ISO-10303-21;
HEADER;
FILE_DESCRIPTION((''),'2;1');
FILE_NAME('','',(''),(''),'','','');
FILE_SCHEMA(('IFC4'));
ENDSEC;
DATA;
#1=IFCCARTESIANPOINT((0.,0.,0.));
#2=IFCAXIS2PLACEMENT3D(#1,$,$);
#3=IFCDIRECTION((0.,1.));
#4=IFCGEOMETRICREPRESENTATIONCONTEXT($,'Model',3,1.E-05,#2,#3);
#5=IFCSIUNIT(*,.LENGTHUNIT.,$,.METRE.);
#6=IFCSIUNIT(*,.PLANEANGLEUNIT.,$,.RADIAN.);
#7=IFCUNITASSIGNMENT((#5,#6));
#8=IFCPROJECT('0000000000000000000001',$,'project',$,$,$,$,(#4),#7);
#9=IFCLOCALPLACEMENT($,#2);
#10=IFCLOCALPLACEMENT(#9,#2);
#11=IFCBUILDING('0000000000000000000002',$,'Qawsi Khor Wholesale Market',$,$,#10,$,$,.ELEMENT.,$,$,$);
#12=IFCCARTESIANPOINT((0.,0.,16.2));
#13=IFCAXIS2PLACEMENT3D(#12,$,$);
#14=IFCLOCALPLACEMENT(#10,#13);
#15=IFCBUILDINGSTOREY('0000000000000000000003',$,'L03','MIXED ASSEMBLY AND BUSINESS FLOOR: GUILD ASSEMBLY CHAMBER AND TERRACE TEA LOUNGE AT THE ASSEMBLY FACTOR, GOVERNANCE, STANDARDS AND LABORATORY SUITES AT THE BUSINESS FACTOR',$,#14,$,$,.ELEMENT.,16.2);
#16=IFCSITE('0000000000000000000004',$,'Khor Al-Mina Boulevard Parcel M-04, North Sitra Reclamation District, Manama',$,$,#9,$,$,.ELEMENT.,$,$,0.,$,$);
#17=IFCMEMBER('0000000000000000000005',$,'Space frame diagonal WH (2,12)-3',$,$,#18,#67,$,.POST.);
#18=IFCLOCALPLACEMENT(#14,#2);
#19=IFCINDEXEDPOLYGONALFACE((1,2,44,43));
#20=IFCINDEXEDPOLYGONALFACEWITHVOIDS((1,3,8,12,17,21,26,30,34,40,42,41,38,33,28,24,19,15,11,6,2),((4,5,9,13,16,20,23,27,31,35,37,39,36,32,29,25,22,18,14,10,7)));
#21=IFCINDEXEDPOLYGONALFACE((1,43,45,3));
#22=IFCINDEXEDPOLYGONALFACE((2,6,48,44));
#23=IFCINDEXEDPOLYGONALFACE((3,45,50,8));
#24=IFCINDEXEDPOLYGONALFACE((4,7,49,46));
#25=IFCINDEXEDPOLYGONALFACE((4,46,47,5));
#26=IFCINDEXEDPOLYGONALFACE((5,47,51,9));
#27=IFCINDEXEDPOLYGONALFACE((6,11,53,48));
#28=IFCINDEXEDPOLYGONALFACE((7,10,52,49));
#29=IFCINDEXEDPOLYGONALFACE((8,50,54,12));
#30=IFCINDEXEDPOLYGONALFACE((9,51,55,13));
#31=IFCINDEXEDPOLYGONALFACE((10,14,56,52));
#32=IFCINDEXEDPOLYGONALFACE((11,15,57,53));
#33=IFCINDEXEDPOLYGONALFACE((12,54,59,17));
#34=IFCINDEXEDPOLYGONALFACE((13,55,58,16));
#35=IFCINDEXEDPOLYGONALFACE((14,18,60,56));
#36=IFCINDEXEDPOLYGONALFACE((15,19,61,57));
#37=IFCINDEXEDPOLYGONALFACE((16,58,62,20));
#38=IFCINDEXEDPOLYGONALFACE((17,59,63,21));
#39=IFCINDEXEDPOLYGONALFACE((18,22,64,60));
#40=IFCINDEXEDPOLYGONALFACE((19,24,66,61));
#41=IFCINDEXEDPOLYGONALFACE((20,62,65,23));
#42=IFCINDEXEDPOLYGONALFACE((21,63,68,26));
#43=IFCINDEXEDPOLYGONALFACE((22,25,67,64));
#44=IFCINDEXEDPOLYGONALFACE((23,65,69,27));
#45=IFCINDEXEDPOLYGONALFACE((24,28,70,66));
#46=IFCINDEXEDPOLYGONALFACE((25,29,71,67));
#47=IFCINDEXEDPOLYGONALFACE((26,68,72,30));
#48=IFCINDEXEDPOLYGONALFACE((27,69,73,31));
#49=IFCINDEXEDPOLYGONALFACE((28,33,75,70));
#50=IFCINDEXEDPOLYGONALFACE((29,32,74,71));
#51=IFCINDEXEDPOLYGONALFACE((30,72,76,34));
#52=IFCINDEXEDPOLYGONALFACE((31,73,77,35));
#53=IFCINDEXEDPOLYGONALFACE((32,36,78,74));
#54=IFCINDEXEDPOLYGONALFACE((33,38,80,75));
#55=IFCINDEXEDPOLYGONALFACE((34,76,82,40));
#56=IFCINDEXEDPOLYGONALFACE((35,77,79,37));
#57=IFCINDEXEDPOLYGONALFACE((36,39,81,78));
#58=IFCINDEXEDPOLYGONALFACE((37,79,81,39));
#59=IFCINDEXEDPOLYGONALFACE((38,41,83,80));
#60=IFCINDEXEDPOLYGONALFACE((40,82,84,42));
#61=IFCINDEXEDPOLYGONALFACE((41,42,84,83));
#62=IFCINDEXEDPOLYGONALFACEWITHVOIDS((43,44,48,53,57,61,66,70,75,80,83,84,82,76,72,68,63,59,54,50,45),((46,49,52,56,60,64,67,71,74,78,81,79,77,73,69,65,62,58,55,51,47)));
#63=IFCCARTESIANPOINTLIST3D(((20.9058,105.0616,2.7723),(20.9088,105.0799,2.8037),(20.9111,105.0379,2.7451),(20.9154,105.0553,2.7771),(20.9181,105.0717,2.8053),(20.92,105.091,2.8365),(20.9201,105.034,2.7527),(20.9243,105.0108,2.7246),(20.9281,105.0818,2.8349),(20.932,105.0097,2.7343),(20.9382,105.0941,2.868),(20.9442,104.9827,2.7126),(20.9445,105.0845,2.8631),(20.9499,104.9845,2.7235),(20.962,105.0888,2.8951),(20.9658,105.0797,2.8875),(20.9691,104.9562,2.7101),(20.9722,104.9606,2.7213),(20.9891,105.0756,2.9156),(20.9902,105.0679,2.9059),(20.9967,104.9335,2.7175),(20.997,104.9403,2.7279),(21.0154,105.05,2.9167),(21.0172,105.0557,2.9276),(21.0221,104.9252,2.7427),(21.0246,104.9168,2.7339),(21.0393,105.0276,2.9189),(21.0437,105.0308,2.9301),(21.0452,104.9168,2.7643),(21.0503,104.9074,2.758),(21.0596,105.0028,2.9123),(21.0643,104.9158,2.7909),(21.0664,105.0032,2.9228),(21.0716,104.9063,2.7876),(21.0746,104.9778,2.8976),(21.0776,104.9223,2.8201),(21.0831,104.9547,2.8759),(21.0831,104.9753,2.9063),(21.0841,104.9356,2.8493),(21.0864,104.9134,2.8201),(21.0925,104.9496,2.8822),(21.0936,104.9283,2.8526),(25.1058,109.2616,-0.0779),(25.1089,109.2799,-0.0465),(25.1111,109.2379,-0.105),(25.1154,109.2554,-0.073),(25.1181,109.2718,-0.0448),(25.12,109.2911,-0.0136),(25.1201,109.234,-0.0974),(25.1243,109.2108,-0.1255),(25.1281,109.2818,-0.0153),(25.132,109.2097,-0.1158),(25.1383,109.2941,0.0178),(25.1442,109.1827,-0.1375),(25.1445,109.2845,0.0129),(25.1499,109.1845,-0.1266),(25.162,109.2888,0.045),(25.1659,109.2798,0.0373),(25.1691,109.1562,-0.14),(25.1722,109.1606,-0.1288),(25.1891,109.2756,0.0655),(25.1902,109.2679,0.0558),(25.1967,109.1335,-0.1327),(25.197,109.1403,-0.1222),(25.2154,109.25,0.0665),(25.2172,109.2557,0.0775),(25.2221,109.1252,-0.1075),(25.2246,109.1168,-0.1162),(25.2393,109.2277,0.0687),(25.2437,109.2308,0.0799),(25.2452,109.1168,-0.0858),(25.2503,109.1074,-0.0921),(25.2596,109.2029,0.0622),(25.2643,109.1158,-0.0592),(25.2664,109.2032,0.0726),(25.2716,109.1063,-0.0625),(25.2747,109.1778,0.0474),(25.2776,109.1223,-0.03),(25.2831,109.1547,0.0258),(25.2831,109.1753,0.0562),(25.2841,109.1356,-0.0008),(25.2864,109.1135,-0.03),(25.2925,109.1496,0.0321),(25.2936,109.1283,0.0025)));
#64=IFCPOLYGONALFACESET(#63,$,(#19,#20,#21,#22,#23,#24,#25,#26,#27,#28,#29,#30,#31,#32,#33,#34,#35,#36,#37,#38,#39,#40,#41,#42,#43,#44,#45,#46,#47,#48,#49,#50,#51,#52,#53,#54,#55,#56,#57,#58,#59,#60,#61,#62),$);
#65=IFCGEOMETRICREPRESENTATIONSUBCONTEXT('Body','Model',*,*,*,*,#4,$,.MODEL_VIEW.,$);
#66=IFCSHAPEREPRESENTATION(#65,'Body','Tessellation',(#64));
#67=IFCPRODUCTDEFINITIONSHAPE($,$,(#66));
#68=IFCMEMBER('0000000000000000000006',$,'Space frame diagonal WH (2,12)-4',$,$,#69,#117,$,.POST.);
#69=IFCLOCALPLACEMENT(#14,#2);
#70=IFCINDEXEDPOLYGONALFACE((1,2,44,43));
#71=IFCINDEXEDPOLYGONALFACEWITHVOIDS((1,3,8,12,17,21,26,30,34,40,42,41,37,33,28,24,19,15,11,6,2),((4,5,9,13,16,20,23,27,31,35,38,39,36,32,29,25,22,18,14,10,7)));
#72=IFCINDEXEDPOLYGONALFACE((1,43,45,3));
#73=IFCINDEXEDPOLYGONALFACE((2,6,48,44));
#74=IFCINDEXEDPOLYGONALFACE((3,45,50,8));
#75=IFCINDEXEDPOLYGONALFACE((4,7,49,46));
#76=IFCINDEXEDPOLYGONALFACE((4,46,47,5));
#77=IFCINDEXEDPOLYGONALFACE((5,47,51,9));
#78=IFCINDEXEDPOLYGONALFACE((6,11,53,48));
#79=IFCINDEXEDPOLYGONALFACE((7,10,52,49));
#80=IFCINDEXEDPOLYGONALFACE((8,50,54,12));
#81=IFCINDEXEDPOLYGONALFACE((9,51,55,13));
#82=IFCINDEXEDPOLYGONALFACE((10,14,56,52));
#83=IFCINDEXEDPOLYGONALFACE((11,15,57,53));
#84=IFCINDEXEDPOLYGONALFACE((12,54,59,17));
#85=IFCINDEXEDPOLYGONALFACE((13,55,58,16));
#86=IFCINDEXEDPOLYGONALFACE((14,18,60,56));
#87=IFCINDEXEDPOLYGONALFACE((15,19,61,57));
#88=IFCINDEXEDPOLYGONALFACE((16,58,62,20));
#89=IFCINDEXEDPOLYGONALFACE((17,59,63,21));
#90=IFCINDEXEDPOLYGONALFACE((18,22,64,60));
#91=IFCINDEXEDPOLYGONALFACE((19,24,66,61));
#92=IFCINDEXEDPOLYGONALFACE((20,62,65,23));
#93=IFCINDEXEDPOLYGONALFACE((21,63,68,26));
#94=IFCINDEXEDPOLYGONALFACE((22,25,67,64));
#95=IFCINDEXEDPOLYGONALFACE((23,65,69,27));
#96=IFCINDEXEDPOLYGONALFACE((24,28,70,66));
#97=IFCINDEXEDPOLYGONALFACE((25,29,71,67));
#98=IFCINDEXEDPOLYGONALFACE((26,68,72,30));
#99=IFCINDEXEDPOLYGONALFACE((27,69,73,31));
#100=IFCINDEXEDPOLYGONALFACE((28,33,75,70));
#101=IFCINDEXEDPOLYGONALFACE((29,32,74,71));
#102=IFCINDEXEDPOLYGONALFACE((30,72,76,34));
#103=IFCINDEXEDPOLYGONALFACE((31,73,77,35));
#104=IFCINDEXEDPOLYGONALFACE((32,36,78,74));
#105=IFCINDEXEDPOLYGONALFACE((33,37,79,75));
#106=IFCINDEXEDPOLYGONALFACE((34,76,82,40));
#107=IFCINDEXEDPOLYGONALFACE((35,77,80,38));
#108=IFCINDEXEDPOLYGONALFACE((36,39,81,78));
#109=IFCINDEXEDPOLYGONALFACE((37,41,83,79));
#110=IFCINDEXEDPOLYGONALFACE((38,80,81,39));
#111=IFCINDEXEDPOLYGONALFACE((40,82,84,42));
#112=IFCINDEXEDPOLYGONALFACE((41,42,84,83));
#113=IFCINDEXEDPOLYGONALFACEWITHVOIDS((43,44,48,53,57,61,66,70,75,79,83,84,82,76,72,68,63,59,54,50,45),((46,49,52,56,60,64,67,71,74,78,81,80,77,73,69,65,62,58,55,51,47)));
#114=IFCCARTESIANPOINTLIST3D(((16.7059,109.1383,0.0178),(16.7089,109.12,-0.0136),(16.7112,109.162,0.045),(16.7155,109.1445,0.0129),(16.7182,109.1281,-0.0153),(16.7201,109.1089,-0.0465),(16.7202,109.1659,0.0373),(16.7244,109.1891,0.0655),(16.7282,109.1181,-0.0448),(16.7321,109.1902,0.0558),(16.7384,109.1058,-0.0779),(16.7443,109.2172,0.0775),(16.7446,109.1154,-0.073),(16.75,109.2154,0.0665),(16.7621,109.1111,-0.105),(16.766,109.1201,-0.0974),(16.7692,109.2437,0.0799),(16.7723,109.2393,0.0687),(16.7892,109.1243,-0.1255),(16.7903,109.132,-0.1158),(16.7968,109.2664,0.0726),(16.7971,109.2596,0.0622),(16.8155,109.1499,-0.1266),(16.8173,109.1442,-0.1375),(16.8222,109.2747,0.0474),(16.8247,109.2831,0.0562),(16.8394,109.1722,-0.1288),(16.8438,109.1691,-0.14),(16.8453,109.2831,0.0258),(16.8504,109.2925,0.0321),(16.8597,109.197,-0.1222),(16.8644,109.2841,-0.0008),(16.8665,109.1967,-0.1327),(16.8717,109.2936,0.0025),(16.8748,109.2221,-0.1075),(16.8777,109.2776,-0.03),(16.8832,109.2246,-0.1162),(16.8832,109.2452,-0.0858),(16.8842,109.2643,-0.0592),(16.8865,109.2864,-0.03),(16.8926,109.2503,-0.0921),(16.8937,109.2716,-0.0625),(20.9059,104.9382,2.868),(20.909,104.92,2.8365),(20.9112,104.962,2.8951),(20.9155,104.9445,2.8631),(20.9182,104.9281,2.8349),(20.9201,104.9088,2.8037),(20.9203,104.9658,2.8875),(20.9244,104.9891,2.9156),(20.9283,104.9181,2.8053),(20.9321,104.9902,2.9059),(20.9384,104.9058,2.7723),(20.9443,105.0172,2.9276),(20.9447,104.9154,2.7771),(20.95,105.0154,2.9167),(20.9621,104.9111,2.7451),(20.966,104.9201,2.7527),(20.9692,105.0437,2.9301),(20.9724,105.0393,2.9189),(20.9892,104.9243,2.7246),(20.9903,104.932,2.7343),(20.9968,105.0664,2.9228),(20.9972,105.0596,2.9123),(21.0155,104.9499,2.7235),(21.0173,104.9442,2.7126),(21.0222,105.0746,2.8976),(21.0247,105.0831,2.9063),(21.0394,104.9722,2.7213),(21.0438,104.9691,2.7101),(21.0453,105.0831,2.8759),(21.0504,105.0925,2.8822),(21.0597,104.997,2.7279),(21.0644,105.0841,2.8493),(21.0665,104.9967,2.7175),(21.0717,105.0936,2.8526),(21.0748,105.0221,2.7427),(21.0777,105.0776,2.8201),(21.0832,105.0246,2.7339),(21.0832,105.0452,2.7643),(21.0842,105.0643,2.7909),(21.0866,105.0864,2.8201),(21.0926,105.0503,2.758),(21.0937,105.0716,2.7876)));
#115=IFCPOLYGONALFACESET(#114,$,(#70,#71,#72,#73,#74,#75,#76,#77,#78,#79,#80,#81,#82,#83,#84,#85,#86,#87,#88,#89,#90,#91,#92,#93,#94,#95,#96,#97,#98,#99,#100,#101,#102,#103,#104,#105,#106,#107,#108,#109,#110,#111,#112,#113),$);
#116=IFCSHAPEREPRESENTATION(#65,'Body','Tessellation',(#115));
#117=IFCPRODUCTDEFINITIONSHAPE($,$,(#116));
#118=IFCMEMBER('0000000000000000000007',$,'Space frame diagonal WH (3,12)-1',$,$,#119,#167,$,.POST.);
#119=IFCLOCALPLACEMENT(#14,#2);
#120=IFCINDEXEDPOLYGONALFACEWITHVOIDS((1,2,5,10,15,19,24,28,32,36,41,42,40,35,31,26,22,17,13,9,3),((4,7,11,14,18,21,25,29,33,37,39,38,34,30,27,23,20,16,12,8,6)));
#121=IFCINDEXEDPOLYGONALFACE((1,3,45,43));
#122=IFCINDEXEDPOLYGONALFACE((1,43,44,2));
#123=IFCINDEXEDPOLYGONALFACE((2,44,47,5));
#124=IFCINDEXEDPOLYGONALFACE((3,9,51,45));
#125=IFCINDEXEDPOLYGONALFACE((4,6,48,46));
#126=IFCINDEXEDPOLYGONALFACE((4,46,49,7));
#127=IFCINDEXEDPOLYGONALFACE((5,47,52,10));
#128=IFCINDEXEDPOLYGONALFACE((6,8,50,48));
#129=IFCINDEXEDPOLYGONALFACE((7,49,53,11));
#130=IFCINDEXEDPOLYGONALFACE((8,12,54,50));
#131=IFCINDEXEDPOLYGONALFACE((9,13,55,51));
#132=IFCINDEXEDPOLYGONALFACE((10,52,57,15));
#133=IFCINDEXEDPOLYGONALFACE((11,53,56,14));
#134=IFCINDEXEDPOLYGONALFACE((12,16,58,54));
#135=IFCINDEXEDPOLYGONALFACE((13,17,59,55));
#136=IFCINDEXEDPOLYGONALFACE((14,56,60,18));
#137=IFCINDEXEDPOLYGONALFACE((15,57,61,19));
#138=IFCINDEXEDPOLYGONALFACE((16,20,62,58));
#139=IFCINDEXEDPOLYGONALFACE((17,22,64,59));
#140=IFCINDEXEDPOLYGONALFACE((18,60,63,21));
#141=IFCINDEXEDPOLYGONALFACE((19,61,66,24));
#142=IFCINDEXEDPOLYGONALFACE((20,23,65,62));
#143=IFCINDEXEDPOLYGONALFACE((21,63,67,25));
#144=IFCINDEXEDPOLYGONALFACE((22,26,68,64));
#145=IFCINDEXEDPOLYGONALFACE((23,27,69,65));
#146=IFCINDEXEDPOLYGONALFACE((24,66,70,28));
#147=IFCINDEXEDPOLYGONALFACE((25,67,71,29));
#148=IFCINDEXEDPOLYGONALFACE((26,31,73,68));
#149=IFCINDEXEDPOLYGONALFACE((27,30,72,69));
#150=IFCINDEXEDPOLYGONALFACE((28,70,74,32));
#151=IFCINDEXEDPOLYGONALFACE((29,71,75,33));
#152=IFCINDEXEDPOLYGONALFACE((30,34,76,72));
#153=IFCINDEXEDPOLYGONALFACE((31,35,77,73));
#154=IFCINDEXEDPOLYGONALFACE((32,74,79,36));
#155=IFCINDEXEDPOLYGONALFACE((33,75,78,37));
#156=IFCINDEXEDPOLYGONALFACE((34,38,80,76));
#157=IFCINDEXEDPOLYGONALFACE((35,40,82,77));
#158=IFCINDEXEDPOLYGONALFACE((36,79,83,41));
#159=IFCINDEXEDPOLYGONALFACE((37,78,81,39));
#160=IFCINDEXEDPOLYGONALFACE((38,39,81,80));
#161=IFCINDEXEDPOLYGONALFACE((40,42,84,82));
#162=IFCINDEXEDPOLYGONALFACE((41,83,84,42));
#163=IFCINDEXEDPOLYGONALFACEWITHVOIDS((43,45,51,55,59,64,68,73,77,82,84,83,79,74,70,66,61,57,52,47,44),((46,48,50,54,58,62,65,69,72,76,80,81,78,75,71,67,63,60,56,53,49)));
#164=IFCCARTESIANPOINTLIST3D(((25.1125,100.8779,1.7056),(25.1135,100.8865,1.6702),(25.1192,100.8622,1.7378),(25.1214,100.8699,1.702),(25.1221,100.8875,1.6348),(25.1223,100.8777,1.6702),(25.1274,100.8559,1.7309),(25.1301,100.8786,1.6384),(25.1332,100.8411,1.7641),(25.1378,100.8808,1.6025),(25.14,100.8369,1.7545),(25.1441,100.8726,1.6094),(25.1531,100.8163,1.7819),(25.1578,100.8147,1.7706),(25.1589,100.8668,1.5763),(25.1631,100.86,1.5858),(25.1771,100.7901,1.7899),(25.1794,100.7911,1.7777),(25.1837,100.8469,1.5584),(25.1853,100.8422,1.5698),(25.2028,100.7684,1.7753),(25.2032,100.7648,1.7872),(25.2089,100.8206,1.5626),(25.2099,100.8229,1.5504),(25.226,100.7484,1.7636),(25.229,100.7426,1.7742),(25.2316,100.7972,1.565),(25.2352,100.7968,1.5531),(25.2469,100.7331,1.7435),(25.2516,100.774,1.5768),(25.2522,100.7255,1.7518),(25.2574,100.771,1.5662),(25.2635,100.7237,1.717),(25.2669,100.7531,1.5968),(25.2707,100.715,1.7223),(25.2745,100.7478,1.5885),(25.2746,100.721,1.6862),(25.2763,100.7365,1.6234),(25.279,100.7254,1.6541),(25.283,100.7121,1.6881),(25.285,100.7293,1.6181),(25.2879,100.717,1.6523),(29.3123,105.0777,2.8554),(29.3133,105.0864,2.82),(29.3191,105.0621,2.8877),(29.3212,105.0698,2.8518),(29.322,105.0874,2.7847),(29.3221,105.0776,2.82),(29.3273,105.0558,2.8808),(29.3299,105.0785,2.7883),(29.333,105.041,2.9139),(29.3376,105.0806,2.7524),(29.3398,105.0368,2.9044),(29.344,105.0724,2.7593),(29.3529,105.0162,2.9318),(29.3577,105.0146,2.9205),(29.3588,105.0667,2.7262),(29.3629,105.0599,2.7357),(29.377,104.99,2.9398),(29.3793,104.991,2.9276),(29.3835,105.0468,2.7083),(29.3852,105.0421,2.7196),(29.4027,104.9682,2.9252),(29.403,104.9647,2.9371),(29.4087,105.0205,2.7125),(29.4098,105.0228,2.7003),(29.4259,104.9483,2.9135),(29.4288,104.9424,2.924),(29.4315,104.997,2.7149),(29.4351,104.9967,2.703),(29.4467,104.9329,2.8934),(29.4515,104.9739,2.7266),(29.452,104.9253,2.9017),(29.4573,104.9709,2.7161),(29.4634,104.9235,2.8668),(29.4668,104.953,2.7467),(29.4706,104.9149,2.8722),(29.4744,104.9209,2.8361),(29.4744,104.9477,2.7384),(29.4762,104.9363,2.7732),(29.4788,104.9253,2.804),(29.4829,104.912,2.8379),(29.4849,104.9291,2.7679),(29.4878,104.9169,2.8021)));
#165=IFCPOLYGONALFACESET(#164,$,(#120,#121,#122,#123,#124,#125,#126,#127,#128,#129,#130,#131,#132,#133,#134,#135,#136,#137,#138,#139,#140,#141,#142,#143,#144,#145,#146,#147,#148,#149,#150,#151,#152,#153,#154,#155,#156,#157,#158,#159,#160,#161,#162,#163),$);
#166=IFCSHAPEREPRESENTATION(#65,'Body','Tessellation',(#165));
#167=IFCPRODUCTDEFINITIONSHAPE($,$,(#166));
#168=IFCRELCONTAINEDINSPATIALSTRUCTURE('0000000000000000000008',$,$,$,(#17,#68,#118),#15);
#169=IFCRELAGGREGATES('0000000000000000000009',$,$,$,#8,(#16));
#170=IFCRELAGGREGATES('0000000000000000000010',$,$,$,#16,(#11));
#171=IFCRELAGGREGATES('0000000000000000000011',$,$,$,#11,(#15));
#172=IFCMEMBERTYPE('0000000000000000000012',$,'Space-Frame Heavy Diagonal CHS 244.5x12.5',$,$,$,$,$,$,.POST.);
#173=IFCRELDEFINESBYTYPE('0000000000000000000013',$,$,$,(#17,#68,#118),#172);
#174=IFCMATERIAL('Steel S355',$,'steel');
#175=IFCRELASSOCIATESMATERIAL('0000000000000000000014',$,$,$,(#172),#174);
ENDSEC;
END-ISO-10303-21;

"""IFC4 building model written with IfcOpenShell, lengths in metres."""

from ifc_helpers import new_model, si_unit, direction, frame, origin, origin_2d, place, context, subcontext, project, spatial, hollow_circle, extrude, material, material_profile, profile_set, type_object, element, save


model = new_model("IFC4")

# Units and contexts
model_context = context("Model", 3, precision=1e-05, world=origin(), true_north=direction((0.0, 1.0)))
body_context = subcontext(model_context, "Body", "Model", "MODEL_VIEW")
ifc_project = project(units=[si_unit("LENGTHUNIT", "METRE"), si_unit("PLANEANGLEUNIT", "RADIAN")], contexts=[model_context])

# Site, building, storey
site_placement = place(None, origin())
site = spatial("IfcSite", under=ifc_project, at=site_placement, Name="Khor Al-Mina Boulevard Parcel M-04, North Sitra Reclamation District, Manama", CompositionType="ELEMENT", RefElevation=0.0)
building_placement = place(site_placement, origin())
building = spatial("IfcBuilding", under=site, at=building_placement, Name="Qawsi Khor Wholesale Market", CompositionType="ELEMENT")
storey_placement = place(building_placement, frame((0.0, 0.0, 16.2)))
storey = spatial("IfcBuildingStorey", under=building, at=storey_placement, Name="L03", Description="MIXED ASSEMBLY AND BUSINESS FLOOR: GUILD ASSEMBLY CHAMBER AND TERRACE TEA LOUNGE AT THE ASSEMBLY FACTOR, GOVERNANCE, STANDARDS AND LABORATORY SUITES AT THE BUSINESS FACTOR", CompositionType="ELEMENT", Elevation=16.2)

# Members
ifc_material_1 = material(Name="Steel S355", Category="steel")
ifc_material_profile_1 = material_profile(ifc_material_1, hollow_circle(Radius=0.1223, WallThickness=0.0125, at=origin_2d()), Name="CHS 244.5x12.5")
ifc_profile_set_1 = profile_set([ifc_material_profile_1], Name="Steel S355")
member_type_1 = type_object("IfcMemberType", Name="Space-Frame Heavy Diagonal CHS 244.5x12.5", PredefinedType="POST", material=ifc_profile_set_1)
for number, where, z_axis, x_axis, name in (
    (1, (25.2, 109.2, -0.03), (-0.637512, -0.637512, 0.432617), (0.707107, -0.707107, 0.0), "Space frame diagonal WH (2,12)-3"),
    (2, (16.8, 109.2, -0.03), (0.637512, -0.637512, 0.432617), (0.707107, 0.707107, 0.0), "Space frame diagonal WH (2,12)-4"),
):
    element("IfcMember", number, at=place(storey_placement, frame(where, z_axis=z_axis, x_axis=x_axis)), inside=storey, type_object=member_type_1, Name=name, PredefinedType="POST", context=body_context, shape_type="SweptSolid", body=[
        extrude(hollow_circle(Radius=0.1223, WallThickness=0.0125, at=origin_2d()), origin(), (0.0, 0.0, 1.0), 6.5881),
    ])
member_1_placement = place(storey_placement, frame((25.2, 100.8, 1.6702), z_axis=(0.694217, 0.694217, 0.190069), x_axis=(-0.707107, 0.707107, 0.0)))
element("IfcMember", 3, at=member_1_placement, inside=storey, type_object=member_type_1, Name="Space frame diagonal WH (3,12)-1", PredefinedType="POST", context=body_context, shape_type="SweptSolid", body=[
    extrude(hollow_circle(Radius=0.1223, WallThickness=0.0125, at=origin_2d()), origin(), (0.0, 0.0, 1.0), 6.0498),
])

save(model, "model.ifc")
